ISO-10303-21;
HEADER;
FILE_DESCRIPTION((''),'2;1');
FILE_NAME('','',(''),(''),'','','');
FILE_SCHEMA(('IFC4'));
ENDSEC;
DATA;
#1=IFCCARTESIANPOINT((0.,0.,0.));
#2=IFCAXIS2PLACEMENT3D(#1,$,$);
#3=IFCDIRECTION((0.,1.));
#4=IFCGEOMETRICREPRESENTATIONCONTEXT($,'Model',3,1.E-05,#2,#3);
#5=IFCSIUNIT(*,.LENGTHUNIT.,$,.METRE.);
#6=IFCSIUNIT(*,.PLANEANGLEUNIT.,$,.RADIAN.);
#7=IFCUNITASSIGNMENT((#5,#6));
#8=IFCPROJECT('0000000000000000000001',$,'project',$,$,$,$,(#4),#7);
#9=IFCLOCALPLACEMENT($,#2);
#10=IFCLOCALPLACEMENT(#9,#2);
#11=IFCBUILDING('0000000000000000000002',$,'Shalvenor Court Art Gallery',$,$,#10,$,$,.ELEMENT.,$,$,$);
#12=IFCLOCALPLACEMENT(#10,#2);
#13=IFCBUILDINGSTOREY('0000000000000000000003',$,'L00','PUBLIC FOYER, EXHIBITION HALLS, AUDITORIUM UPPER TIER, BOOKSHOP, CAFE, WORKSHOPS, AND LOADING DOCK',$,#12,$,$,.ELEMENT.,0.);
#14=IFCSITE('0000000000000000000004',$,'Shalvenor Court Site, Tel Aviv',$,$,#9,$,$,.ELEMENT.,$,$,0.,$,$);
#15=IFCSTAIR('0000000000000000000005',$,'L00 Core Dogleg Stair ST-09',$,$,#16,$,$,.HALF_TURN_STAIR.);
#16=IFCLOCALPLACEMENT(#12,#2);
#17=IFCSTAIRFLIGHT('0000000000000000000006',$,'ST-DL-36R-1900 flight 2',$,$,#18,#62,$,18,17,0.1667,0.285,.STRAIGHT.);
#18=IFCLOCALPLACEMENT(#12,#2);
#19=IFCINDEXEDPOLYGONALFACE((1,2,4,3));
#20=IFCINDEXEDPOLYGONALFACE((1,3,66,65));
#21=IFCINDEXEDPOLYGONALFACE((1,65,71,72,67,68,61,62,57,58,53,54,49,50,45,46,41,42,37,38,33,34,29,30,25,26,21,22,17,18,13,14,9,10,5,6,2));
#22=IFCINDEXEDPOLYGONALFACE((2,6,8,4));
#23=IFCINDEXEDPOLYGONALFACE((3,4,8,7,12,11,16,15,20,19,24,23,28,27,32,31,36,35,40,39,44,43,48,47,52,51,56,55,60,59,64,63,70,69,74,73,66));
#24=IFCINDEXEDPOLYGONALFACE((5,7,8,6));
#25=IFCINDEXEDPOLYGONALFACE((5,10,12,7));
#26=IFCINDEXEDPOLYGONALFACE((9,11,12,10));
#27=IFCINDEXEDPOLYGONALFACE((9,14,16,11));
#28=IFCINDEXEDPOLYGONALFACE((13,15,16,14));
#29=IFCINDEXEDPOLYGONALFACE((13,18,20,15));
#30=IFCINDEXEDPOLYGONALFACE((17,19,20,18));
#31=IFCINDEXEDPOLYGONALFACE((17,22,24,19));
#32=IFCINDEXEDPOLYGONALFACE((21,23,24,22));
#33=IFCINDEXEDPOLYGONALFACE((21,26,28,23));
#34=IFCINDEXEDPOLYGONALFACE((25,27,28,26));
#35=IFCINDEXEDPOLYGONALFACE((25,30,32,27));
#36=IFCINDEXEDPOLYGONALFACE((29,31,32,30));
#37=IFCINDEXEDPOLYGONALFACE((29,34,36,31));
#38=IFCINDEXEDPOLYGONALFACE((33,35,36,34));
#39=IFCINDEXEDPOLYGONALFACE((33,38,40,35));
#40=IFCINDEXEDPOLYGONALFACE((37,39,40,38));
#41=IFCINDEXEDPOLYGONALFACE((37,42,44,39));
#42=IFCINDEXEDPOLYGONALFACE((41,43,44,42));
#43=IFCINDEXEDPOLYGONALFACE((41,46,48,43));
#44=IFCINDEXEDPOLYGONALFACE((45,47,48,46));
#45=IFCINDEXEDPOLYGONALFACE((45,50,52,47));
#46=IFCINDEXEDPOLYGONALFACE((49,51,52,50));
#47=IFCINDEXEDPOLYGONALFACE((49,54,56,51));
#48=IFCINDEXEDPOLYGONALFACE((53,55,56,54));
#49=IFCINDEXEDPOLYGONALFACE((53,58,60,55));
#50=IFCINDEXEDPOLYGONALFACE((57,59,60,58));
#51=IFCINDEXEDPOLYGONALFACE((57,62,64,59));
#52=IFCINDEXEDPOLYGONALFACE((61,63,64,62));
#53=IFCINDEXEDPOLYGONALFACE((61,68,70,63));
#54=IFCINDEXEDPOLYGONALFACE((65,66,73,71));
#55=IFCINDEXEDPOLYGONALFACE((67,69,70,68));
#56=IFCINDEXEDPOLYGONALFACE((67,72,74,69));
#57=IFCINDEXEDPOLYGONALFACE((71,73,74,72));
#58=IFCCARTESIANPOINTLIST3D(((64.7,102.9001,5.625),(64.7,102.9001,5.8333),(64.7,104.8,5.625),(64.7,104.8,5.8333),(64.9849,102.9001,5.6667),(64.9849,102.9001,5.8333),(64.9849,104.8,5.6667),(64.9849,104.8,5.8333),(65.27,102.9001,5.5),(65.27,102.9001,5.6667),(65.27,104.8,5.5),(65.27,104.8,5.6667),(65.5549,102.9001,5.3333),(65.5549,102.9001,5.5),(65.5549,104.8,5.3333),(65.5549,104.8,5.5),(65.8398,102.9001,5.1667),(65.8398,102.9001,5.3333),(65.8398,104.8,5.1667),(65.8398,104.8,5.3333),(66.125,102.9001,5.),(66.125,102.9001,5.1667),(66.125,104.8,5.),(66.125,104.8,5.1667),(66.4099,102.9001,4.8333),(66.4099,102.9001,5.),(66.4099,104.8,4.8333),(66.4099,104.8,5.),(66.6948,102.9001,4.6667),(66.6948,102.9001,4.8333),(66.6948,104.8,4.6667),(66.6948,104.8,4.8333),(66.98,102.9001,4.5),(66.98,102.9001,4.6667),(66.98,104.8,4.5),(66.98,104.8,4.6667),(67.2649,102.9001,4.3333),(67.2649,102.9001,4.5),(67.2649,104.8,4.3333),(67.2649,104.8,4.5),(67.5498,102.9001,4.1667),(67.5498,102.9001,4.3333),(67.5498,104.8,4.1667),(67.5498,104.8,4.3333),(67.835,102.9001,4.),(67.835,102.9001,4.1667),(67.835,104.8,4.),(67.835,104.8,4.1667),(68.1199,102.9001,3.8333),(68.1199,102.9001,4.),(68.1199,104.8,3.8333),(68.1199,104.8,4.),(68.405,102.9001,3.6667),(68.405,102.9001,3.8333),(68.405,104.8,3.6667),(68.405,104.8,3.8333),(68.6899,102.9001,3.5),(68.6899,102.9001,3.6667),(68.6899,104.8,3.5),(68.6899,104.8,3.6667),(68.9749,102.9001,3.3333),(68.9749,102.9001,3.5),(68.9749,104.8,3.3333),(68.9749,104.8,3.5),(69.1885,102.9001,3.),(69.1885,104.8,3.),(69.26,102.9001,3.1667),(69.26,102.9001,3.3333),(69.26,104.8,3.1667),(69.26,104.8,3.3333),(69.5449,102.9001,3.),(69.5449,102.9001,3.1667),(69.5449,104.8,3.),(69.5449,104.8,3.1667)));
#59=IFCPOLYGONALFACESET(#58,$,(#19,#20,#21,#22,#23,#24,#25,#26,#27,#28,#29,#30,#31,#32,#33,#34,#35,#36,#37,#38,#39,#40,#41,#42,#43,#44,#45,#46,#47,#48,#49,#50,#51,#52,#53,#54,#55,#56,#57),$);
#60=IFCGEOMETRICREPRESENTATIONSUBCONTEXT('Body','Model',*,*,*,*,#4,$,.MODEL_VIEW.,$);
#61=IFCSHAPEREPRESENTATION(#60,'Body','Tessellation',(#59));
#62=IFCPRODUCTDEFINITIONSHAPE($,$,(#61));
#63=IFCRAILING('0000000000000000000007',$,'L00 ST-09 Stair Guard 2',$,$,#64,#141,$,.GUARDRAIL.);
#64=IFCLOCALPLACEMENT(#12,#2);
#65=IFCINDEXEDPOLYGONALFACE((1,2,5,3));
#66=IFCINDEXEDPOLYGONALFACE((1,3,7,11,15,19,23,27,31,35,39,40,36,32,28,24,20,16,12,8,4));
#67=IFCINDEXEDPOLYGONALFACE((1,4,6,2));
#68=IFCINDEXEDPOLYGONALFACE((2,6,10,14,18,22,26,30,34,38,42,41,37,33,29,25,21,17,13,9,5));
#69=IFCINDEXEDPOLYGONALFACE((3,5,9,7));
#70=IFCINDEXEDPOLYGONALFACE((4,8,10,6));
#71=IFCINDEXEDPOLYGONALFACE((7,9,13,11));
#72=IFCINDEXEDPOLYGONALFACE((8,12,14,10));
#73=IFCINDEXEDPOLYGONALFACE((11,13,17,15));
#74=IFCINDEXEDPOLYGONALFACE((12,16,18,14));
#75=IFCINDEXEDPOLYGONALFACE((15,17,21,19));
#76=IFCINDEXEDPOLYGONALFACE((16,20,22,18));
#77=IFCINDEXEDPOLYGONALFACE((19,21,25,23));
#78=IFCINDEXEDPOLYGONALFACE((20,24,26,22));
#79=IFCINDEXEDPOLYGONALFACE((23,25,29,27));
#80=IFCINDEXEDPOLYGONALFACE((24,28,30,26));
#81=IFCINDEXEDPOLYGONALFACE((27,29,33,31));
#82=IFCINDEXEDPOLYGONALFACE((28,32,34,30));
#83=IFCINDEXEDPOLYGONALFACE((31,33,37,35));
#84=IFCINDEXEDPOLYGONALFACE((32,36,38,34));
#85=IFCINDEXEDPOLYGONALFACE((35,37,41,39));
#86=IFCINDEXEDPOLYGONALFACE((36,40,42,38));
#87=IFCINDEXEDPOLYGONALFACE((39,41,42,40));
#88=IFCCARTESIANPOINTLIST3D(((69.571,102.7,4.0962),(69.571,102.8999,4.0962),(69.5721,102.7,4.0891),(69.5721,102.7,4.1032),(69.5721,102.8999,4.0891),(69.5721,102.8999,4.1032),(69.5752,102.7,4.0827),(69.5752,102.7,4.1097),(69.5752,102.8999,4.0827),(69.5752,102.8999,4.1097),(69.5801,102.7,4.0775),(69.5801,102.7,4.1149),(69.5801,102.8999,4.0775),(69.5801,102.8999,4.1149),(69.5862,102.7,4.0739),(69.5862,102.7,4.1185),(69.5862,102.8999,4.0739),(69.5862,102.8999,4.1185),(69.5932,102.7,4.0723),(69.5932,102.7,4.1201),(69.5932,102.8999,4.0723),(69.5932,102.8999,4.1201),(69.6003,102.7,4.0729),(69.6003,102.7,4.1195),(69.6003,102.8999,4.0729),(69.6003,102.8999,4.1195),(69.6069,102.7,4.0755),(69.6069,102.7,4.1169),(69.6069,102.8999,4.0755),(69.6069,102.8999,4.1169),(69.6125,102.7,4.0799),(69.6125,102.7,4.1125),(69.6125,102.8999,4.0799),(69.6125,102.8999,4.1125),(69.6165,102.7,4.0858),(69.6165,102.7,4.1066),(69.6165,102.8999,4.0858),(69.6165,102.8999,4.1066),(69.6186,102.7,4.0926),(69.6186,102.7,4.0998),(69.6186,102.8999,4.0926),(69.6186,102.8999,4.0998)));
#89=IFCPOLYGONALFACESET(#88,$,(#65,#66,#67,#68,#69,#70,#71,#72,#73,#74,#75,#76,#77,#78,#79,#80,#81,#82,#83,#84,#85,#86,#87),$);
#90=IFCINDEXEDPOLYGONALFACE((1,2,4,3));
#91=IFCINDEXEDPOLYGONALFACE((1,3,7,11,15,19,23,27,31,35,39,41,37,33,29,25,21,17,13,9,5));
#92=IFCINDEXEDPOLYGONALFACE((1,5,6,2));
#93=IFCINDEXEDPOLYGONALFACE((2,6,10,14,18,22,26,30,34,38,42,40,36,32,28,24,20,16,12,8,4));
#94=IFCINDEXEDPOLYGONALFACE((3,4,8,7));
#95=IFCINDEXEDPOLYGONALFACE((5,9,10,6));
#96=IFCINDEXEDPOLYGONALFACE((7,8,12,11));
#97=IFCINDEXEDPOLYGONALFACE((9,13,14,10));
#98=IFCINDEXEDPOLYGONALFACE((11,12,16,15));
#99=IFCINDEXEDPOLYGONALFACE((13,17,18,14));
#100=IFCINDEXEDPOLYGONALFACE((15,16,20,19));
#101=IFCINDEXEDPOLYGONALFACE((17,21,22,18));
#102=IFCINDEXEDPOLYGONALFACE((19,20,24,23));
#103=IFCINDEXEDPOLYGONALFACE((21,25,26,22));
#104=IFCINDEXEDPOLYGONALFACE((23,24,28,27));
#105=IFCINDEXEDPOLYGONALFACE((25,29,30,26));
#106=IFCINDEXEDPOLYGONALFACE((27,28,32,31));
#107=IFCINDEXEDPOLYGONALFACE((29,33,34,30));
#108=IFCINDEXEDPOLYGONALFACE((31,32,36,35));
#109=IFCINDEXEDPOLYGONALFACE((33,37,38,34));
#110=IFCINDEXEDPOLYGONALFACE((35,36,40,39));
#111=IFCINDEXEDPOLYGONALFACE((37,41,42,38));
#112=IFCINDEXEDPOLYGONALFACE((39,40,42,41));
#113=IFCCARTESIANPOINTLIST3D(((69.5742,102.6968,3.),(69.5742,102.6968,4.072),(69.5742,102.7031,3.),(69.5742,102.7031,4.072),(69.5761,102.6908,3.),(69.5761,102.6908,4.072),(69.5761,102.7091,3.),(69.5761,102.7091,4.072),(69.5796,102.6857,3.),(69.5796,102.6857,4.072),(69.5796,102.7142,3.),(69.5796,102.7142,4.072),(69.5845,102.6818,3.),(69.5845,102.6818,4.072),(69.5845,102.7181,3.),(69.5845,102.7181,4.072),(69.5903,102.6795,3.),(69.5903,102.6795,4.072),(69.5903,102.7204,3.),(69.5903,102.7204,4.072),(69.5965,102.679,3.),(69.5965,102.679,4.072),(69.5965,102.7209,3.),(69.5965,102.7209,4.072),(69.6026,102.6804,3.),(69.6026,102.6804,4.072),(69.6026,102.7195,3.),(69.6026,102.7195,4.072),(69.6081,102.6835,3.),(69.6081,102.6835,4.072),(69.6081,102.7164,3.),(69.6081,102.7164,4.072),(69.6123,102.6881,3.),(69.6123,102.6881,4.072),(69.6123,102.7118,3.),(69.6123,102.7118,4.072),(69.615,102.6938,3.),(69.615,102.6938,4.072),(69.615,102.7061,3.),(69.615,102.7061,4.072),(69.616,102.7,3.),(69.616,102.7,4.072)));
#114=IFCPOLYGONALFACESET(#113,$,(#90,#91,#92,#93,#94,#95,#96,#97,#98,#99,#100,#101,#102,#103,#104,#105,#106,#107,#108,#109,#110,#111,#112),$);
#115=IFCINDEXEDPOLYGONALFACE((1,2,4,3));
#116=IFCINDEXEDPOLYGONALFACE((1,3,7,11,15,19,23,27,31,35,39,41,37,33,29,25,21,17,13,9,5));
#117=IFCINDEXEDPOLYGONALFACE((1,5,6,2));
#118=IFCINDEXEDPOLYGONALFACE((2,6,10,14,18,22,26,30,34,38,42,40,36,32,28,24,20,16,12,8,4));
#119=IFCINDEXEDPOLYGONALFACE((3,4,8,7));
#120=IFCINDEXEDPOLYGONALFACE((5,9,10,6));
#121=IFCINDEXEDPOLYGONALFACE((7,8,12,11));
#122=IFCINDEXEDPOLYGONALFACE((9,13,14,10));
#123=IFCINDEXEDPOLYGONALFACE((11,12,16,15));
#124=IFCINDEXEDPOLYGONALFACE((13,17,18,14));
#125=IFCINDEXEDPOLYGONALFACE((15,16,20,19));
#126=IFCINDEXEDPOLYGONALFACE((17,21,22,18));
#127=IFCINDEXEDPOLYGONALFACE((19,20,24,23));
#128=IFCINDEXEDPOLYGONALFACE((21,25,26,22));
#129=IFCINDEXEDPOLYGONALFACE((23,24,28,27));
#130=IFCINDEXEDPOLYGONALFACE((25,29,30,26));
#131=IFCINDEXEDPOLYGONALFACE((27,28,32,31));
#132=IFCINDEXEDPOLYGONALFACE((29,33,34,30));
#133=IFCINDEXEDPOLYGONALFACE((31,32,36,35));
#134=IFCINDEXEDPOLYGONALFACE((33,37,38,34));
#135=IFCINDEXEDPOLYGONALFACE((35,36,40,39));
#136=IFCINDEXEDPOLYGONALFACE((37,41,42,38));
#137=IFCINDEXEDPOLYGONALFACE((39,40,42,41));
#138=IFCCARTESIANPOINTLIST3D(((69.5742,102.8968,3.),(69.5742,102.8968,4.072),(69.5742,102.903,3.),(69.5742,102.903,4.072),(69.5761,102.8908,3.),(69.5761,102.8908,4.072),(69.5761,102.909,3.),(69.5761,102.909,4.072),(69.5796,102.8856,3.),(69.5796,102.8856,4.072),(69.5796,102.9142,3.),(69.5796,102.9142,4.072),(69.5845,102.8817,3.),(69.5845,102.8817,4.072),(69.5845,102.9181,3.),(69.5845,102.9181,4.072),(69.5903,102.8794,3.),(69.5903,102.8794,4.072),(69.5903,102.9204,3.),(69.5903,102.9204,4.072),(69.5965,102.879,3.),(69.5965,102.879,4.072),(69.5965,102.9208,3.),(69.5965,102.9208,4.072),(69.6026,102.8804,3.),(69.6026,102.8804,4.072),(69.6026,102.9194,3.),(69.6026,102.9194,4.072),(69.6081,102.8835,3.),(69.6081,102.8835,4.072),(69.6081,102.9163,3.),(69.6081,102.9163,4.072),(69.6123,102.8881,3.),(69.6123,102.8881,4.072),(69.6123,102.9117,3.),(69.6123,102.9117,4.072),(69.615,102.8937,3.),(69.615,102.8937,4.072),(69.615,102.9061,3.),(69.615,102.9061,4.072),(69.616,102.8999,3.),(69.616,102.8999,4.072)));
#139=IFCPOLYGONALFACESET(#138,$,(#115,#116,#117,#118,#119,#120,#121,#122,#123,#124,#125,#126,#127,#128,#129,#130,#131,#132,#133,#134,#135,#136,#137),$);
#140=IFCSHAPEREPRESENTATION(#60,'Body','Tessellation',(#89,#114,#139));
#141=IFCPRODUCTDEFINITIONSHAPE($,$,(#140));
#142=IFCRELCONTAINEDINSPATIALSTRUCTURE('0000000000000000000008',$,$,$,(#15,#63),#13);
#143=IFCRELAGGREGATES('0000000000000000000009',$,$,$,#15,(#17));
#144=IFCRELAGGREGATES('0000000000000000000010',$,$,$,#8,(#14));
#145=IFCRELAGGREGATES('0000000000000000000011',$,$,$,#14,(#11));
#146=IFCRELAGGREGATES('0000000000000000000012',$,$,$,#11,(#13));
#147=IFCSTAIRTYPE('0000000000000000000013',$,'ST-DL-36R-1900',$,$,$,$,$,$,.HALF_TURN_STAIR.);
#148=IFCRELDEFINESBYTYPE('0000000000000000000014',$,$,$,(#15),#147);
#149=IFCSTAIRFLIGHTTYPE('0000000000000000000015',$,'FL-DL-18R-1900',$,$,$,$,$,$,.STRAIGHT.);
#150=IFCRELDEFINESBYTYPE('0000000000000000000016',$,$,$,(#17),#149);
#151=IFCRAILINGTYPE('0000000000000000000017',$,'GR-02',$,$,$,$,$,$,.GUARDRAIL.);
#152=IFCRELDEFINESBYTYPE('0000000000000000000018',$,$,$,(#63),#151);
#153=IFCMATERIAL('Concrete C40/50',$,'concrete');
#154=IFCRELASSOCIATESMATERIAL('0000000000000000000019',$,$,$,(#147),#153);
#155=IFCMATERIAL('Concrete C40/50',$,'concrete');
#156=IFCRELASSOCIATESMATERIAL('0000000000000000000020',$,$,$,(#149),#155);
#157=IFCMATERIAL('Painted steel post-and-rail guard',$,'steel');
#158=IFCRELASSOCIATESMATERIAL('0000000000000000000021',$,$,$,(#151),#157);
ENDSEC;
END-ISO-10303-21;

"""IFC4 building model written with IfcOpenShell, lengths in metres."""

from ifc_helpers import new_model, si_unit, direction, frame, origin, origin_2d, place, context, subcontext, project, spatial, polyline, circle, outline, extrude, material, type_object, element, aggregate, save


model = new_model("IFC4")

# Units and contexts
model_context = context("Model", 3, precision=1e-05, world=origin(), true_north=direction((0.0, 1.0)))
body_context = subcontext(model_context, "Body", "Model", "MODEL_VIEW")
ifc_project = project(units=[si_unit("LENGTHUNIT", "METRE"), si_unit("PLANEANGLEUNIT", "RADIAN")], contexts=[model_context])

# Site, building, storey
site_placement = place(None, origin())
site = spatial("IfcSite", under=ifc_project, at=site_placement, Name="Shalvenor Court Site, Tel Aviv", CompositionType="ELEMENT", RefElevation=0.0)
building_placement = place(site_placement, origin())
building = spatial("IfcBuilding", under=site, at=building_placement, Name="Shalvenor Court Art Gallery", CompositionType="ELEMENT")
storey_placement = place(building_placement, origin())
storey = spatial("IfcBuildingStorey", under=building, at=storey_placement, Name="L00", Description="PUBLIC FOYER, EXHIBITION HALLS, AUDITORIUM UPPER TIER, BOOKSHOP, CAFE, WORKSHOPS, AND LOADING DOCK", CompositionType="ELEMENT", Elevation=0.0)

# Stair, stair flight
ifc_material_1 = material(Name="Concrete C40/50", Category="concrete")
stair_type = type_object("IfcStairType", Name="ST-DL-36R-1900", PredefinedType="HALF_TURN_STAIR", material=ifc_material_1)
stair_placement = place(storey_placement, origin())
stair = element("IfcStair", 1, at=stair_placement, inside=storey, type_object=stair_type, Name="L00 Core Dogleg Stair ST-09", PredefinedType="HALF_TURN_STAIR")
ifc_material_2 = material(Name="Concrete C40/50", Category="concrete")
stair_flight_type = type_object("IfcStairFlightType", Name="FL-DL-18R-1900", PredefinedType="STRAIGHT", material=ifc_material_2)
stair_flight_placement = place(storey_placement, frame((69.5449, 103.8501, 3.0), z_axis=(0.0, 0.0, 1.0), x_axis=(-1.0, 0.0, 0.0)))
stair_flight = element("IfcStairFlight", 2, at=stair_flight_placement, type_object=stair_flight_type, Name="ST-DL-36R-1900 flight 2", NumberOfRisers=18, NumberOfTreads=17, PredefinedType="STRAIGHT", RiserHeight=0.1667, TreadLength=0.285, context=body_context, shape_type="SweptSolid", body=[
    extrude(outline(polyline([(0.0, 0.0), (0.0, 0.1667), (0.2849, 0.1667), (0.2849, 0.3333), (0.5701, 0.3333), (0.5701, 0.5), (0.855, 0.5), (0.855, 0.6667), (1.1399, 0.6667), (1.1399, 0.8333), (1.425, 0.8333), (1.425, 1.0), (1.71, 1.0), (1.71, 1.1667), (1.9951, 1.1667), (1.9951, 1.3333), (2.28, 1.3333), (2.28, 1.5), (2.5649, 1.5), (2.5649, 1.6667), (2.8501, 1.6667), (2.8501, 1.8333), (3.135, 1.8333), (3.135, 2.0), (3.4199, 2.0), (3.4199, 2.1667), (3.7051, 2.1667), (3.7051, 2.3333), (3.99, 2.3333), (3.99, 2.5), (4.2749, 2.5), (4.2749, 2.6667), (4.5601, 2.6667), (4.5601, 2.8333), (4.845, 2.8333), (4.845, 3.0), (4.845, 2.625), (0.3564, 0.0), (0.0, 0.0)])), frame((0.0, 0.95, 0.0), z_axis=(0.0, -1.0, 0.0), x_axis=(1.0, 0.0, 0.0)), (0.0, 0.0, 1.0), 1.8999),
])
aggregate(stair, [stair_flight])

# Railing
ifc_material_3 = material(Name="Painted steel post-and-rail guard", Category="steel")
railing_type_1 = type_object("IfcRailingType", Name="GR-02", PredefinedType="GUARDRAIL", material=ifc_material_3)
railing_1_placement = place(storey_placement, frame((69.595, 102.7, 3.0)))
element("IfcRailing", 3, at=railing_1_placement, inside=storey, type_object=railing_type_1, Name="L00 ST-09 Stair Guard 2", PredefinedType="GUARDRAIL", context=body_context, shape_type="SweptSolid", body=[
    extrude(circle(Radius=0.0239, at=origin_2d()), frame((0.0, 0.0, 1.0962), z_axis=(0.0, 1.0, 0.0), x_axis=(-1.0, 0.0, 0.0)), (0.0, 0.0, 1.0), 0.2),
    extrude(circle(Radius=0.021, at=origin_2d()), origin(), (0.0, 0.0, 1.0), 1.072),
    extrude(circle(Radius=0.021, at=origin_2d()), frame((0.0, 0.2, 0.0)), (0.0, 0.0, 1.0), 1.072),
])

save(model, "model.ifc")
